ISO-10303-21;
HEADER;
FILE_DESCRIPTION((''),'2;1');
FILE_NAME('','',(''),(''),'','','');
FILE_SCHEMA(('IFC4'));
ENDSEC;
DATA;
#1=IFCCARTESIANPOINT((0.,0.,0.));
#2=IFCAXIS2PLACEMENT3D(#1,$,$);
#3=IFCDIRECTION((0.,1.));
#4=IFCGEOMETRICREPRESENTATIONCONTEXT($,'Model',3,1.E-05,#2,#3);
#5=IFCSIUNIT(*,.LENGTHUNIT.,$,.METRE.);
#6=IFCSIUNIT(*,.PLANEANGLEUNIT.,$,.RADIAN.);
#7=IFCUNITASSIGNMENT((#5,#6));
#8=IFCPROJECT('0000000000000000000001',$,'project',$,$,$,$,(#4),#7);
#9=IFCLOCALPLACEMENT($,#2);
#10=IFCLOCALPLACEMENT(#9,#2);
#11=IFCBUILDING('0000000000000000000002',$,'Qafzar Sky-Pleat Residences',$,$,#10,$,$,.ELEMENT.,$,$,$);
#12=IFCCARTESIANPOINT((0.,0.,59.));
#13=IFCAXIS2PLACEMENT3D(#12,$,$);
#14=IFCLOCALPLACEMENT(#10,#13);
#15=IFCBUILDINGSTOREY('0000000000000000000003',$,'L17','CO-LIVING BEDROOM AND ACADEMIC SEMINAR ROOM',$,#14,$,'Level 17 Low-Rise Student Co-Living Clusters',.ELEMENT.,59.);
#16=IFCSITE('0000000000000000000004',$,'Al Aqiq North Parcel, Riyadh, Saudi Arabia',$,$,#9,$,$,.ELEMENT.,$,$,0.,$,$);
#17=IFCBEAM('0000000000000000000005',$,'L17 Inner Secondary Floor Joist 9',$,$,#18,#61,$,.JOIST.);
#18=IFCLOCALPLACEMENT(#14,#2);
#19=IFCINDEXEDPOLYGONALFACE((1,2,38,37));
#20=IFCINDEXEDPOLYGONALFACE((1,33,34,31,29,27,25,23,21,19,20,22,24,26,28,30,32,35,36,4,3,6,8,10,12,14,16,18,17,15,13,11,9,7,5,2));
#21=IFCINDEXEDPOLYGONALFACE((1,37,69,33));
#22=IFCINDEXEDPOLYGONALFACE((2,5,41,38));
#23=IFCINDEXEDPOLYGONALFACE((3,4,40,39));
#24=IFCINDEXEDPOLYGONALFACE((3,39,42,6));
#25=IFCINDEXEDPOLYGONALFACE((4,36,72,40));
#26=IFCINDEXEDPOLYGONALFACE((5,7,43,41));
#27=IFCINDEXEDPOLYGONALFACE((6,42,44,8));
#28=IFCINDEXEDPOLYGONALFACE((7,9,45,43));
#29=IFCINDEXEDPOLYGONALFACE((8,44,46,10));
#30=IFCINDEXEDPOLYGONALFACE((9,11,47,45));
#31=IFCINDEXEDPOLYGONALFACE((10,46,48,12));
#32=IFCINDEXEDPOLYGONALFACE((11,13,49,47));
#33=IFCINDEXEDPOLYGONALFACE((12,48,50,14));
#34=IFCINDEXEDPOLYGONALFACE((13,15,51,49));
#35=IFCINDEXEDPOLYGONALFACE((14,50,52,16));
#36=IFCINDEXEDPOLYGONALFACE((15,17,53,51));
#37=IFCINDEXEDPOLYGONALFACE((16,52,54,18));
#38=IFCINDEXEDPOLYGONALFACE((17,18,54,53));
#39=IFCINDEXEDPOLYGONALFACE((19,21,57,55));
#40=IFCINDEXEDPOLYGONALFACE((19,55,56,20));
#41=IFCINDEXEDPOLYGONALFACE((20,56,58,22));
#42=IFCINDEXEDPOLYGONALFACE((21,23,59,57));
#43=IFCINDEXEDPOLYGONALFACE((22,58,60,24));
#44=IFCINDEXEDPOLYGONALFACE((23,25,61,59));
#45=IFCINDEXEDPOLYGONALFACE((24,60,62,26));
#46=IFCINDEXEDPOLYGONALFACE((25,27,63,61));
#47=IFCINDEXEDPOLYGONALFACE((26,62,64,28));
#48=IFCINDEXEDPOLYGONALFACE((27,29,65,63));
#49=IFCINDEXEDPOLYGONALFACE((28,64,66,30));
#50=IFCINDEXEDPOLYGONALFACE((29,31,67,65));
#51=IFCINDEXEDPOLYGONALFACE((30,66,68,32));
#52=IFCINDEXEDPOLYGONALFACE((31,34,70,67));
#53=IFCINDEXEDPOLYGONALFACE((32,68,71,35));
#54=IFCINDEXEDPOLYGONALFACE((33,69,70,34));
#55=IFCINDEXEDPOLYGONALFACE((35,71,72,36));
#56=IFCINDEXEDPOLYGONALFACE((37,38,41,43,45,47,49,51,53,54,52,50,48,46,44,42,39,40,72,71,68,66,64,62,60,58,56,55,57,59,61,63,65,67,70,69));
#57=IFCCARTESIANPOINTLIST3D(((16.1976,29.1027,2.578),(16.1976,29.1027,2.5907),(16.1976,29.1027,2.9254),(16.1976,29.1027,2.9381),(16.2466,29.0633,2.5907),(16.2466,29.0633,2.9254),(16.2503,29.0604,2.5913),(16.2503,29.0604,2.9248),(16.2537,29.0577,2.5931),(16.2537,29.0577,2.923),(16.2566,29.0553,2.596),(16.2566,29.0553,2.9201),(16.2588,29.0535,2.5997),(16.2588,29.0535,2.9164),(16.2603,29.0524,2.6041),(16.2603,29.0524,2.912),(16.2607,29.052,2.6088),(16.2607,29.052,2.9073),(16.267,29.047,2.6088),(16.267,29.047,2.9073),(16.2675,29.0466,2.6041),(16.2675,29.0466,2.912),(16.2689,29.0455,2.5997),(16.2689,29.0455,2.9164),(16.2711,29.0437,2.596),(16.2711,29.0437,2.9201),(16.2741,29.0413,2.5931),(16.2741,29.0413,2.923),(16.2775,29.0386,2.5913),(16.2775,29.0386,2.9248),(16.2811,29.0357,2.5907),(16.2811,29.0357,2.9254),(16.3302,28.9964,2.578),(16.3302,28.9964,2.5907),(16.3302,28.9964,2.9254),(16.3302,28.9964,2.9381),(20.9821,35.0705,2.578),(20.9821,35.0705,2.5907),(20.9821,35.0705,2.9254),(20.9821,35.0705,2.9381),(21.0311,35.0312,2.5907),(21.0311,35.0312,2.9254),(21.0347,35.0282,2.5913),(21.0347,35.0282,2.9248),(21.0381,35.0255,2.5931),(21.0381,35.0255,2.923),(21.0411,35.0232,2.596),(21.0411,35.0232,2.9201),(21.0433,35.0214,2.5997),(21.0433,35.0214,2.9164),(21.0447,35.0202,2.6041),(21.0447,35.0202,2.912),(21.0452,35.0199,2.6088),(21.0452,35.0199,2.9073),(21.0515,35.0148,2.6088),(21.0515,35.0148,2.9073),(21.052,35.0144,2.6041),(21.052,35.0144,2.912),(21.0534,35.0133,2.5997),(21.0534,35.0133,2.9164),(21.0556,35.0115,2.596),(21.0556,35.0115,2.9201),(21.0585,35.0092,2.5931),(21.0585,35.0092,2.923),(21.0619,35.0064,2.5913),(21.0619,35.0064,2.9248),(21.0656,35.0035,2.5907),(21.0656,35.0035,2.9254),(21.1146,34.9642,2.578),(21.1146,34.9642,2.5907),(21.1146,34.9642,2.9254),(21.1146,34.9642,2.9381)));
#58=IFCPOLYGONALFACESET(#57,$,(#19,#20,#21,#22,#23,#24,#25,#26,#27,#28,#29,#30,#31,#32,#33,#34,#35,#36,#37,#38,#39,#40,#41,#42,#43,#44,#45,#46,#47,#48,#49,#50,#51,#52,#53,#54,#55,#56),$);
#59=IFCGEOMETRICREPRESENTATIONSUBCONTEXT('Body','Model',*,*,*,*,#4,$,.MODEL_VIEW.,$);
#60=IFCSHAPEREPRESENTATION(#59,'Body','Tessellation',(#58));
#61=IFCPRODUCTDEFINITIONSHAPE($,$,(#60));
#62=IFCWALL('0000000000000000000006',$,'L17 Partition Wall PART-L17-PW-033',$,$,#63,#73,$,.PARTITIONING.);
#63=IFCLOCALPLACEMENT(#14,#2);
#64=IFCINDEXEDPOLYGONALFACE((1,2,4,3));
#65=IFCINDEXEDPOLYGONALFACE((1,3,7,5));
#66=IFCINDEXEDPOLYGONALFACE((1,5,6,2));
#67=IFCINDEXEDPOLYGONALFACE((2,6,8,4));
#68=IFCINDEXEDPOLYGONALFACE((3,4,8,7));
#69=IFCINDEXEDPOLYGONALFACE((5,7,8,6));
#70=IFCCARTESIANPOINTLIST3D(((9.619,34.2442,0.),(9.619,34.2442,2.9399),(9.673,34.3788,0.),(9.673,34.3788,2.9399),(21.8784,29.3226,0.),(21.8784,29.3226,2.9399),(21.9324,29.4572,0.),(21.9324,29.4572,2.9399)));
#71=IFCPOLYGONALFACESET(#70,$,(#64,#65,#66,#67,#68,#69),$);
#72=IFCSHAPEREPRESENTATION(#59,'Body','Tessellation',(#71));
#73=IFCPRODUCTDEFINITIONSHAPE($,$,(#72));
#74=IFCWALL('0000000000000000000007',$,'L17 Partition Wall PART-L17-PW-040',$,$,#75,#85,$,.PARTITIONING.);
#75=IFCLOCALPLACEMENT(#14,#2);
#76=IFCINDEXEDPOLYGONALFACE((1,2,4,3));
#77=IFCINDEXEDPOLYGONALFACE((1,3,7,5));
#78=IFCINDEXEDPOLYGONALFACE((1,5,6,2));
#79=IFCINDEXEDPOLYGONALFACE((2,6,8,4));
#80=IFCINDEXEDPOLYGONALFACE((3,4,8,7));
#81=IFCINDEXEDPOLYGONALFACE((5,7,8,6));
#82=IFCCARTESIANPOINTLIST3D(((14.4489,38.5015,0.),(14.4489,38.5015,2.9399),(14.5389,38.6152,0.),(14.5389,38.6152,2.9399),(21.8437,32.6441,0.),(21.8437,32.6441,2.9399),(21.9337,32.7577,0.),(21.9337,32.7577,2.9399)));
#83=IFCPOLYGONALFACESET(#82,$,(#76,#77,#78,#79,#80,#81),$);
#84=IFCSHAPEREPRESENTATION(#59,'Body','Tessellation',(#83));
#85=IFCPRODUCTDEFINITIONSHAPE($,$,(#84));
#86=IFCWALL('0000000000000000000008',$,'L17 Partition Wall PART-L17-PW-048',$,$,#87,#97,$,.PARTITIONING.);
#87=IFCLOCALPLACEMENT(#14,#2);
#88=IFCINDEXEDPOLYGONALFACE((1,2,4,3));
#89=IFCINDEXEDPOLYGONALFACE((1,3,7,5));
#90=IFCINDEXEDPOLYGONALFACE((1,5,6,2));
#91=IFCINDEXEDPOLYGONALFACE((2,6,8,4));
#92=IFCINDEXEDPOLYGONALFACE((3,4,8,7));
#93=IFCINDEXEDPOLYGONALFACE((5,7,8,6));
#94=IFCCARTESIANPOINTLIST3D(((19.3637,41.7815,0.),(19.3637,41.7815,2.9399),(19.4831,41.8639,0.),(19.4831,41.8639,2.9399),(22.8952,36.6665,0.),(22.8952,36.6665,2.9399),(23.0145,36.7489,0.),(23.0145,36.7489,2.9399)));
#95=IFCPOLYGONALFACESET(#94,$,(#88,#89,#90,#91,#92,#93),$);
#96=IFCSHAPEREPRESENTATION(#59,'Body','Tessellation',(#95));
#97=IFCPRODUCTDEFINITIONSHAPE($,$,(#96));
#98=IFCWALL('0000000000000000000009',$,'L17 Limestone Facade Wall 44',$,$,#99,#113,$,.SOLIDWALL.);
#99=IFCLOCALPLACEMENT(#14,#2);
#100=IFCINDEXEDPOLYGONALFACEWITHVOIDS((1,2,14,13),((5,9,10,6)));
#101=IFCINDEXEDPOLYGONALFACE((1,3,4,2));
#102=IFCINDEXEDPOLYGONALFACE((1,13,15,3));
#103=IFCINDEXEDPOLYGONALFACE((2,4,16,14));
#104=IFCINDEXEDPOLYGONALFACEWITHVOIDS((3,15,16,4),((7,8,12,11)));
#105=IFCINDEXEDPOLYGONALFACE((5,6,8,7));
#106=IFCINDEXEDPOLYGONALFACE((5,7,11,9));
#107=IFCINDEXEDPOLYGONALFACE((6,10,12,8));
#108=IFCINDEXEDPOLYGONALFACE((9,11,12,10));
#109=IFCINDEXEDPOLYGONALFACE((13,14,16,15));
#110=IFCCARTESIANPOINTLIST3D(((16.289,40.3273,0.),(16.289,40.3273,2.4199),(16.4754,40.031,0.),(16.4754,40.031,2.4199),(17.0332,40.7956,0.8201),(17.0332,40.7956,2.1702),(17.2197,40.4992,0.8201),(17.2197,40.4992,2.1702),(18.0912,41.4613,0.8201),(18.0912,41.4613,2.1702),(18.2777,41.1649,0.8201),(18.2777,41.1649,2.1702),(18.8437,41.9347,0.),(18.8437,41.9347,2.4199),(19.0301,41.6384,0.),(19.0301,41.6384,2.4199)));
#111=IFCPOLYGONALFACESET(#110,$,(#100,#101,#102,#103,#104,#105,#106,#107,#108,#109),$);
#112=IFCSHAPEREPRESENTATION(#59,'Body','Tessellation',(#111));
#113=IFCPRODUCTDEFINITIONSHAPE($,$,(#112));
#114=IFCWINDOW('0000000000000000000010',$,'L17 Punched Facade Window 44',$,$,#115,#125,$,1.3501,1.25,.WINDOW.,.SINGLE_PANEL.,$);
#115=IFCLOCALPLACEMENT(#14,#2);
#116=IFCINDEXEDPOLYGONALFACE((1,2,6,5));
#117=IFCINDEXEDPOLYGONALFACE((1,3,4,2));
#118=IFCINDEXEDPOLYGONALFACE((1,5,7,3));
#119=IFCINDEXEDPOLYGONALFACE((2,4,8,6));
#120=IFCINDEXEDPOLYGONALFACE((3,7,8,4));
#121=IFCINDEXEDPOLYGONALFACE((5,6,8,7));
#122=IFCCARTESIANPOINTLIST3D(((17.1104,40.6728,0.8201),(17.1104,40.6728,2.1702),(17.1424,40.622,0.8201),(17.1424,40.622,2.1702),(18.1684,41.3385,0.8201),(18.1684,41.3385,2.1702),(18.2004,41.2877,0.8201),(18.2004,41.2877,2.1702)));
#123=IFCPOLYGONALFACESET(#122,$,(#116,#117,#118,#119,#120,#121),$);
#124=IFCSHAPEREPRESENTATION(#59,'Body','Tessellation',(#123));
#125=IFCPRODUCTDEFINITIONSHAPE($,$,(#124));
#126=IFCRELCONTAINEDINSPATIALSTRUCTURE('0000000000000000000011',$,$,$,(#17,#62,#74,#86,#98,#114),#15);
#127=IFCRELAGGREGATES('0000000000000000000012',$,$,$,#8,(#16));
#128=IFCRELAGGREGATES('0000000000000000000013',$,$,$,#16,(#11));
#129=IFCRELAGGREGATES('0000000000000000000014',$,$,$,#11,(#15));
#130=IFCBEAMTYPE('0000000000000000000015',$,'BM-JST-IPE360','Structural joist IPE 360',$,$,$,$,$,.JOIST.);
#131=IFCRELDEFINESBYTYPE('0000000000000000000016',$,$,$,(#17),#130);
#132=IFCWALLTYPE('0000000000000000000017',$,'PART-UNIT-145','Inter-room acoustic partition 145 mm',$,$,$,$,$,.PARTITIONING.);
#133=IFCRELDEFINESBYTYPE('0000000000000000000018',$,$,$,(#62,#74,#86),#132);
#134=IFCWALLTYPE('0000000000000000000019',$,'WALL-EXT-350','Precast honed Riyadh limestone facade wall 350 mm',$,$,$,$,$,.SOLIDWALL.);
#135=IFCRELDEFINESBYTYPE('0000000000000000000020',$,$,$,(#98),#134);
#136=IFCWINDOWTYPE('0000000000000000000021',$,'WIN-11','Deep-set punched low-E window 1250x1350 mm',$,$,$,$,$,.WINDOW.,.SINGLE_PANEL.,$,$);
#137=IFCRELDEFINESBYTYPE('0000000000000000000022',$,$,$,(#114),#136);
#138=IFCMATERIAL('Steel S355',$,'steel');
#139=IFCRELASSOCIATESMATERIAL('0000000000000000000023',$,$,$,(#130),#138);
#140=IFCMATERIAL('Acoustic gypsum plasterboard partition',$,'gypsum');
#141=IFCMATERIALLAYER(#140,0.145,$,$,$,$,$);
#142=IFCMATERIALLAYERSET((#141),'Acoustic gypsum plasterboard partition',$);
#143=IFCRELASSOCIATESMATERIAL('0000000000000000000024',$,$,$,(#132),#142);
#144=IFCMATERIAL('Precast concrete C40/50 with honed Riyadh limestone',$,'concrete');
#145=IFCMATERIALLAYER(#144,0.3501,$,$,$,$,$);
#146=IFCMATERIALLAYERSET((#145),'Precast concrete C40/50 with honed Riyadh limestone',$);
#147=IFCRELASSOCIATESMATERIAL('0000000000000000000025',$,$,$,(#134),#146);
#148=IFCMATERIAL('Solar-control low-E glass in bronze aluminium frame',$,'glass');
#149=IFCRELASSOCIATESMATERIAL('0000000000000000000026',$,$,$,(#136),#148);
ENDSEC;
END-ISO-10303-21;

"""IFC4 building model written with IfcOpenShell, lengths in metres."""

from ifc_helpers import new_model, si_unit, direction, frame, frame_2d, origin, origin_2d, place, context, subcontext, project, spatial, rectangle, i_section, extrude, source, transform, mapped, material, layer, layer_set, material_profile, profile_set, type_object, element, fill, save


model = new_model("IFC4")

# Units and contexts
model_context = context("Model", 3, precision=1e-05, world=origin(), true_north=direction((0.0, 1.0)))
body_context = subcontext(model_context, "Body", "Model", "MODEL_VIEW")
ifc_project = project(units=[si_unit("LENGTHUNIT", "METRE"), si_unit("PLANEANGLEUNIT", "RADIAN")], contexts=[model_context])

# Site, building, storey
site_placement = place(None, origin())
site = spatial("IfcSite", under=ifc_project, at=site_placement, Name="Al Aqiq North Parcel, Riyadh, Saudi Arabia", CompositionType="ELEMENT", RefElevation=0.0)
building_placement = place(site_placement, origin())
building = spatial("IfcBuilding", under=site, at=building_placement, Name="Qafzar Sky-Pleat Residences", CompositionType="ELEMENT")
storey_placement = place(building_placement, frame((0.0, 0.0, 59.0)))
storey = spatial("IfcBuildingStorey", under=building, at=storey_placement, Name="L17", Description="CO-LIVING BEDROOM AND ACADEMIC SEMINAR ROOM", LongName="Level 17 Low-Rise Student Co-Living Clusters", CompositionType="ELEMENT", Elevation=59.0)

# Beam
ifc_material_1 = material(Name="Steel S355", Category="steel")
ifc_material_profile_1 = material_profile(ifc_material_1, i_section(OverallWidth=0.1699, OverallDepth=0.3601, WebThickness=0.0081, FlangeThickness=0.0127, FilletRadius=0.0181, at=origin_2d()), Name="IPE 360")
ifc_profile_set_1 = profile_set([ifc_material_profile_1], Name="Steel S355")
beam_type_1 = type_object("IfcBeamType", Name="BM-JST-IPE360", Description="Structural joist IPE 360", PredefinedType="JOIST", material=ifc_profile_set_1)
shared_shape_1 = source(origin(), body_context, "Body", "SweptSolid", [
    extrude(i_section(OverallWidth=0.1699, OverallDepth=0.3601, WebThickness=0.0081, FlangeThickness=0.0127, FilletRadius=0.0181, at=origin_2d()), origin(), (0.0, 0.0, 1.0), 7.6489),
])
beam_1_placement = place(storey_placement, frame((21.0483, 35.0173, 2.7581), z_axis=(-0.625508, -0.780218, 0.0), x_axis=(0.780218, -0.625508, 0.0)))
element("IfcBeam", 1, at=beam_1_placement, inside=storey, type_object=beam_type_1, Name="L17 Inner Secondary Floor Joist 9", PredefinedType="JOIST", context=body_context, shape_type="MappedRepresentation", body=[
    mapped(shared_shape_1, transform((0.0, 0.0, 0.0), x_axis=(1.0, 0.0, 0.0), y_axis=(0.0, 1.0, 0.0), z_axis=(0.0, 0.0, 1.0), scale=1.0)),
])

# Walls
ifc_material_2 = material(Name="Acoustic gypsum plasterboard partition", Category="gypsum")
ifc_layer_1 = layer(ifc_material_2, 0.145)
ifc_layer_set_1 = layer_set([ifc_layer_1], Name="Acoustic gypsum plasterboard partition")
wall_type_1 = type_object("IfcWallType", Name="PART-UNIT-145", Description="Inter-room acoustic partition 145 mm", PredefinedType="PARTITIONING", material=ifc_layer_set_1)
wall_1_placement = place(storey_placement, frame((9.646, 34.3115, 0.0), z_axis=(0.0, 0.0, 1.0), x_axis=(0.928011, -0.372553, 0.0)))
element("IfcWall", 2, at=wall_1_placement, inside=storey, type_object=wall_type_1, Name="L17 Partition Wall PART-L17-PW-033", PredefinedType="PARTITIONING", context=body_context, shape_type="SweptSolid", body=[
    extrude(rectangle(XDim=13.2104, YDim=0.145, at=frame_2d((6.6052, 0.0))), origin(), (0.0, 0.0, 1.0), 2.9399),
])
wall_2_placement = place(storey_placement, frame((14.4939, 38.5583, 0.0), z_axis=(0.0, 0.0, 1.0), x_axis=(0.783879, -0.620913, 0.0)))
element("IfcWall", 3, at=wall_2_placement, inside=storey, type_object=wall_type_1, Name="L17 Partition Wall PART-L17-PW-040", PredefinedType="PARTITIONING", context=body_context, shape_type="SweptSolid", body=[
    extrude(rectangle(XDim=9.4336, YDim=0.145, at=frame_2d((4.7168, 0.0))), origin(), (0.0, 0.0, 1.0), 2.9399),
])
wall_3_placement = place(storey_placement, frame((19.4233, 41.8228, 0.0), z_axis=(0.0, 0.0, 1.0), x_axis=(0.56816, -0.822918, 0.0)))
element("IfcWall", 4, at=wall_3_placement, inside=storey, type_object=wall_type_1, Name="L17 Partition Wall PART-L17-PW-048", PredefinedType="PARTITIONING", context=body_context, shape_type="SweptSolid", body=[
    extrude(rectangle(XDim=6.2156, YDim=0.145, at=frame_2d((3.1079, 0.0))), origin(), (0.0, 0.0, 1.0), 2.9399),
])

# Wall, opening, window
ifc_material_3 = material(Name="Precast concrete C40/50 with honed Riyadh limestone", Category="concrete")
ifc_layer_2 = layer(ifc_material_3, 0.3501)
ifc_layer_set_2 = layer_set([ifc_layer_2], Name="Precast concrete C40/50 with honed Riyadh limestone")
wall_type_2 = type_object("IfcWallType", Name="WALL-EXT-350", Description="Precast honed Riyadh limestone facade wall 350 mm", PredefinedType="SOLIDWALL", material=ifc_layer_set_2)
wall_4_placement = place(storey_placement, frame((18.937, 41.7866, 0.0), z_axis=(0.0, 0.0, 1.0), x_axis=(-0.846395, -0.532556, 0.0)))
wall_4 = element("IfcWall", 5, at=wall_4_placement, inside=storey, type_object=wall_type_2, Name="L17 Limestone Facade Wall 44", PredefinedType="SOLIDWALL", context=body_context, shape_type="SweptSolid", body=[
    extrude(rectangle(XDim=3.0183, YDim=0.3501, at=frame_2d((1.5093, 0.0))), origin(), (0.0, 0.0, 1.0), 2.4199),
])
opening_1_placement = place(wall_4_placement, frame((0.8892, 0.0, 0.8201)))
opening_1 = element("IfcOpeningElement", 6, at=opening_1_placement, cuts=wall_4, PredefinedType="OPENING", context=body_context, shape_type="SweptSolid", body=[
    extrude(rectangle(XDim=1.25, YDim=1.3501, at=frame_2d((0.625, 0.675))), frame((0.0, 0.1851, 0.0), z_axis=(0.0, -1.0, 0.0), x_axis=(1.0, 0.0, 0.0)), (0.0, 0.0, 1.0), 0.3701),
])
ifc_material_4 = material(Name="Solar-control low-E glass in bronze aluminium frame", Category="glass")
window_type_1 = type_object("IfcWindowType", Name="WIN-11", Description="Deep-set punched low-E window 1250x1350 mm", PartitioningType="SINGLE_PANEL", PredefinedType="WINDOW", material=ifc_material_4)
shared_shape_2 = source(origin(), body_context, "Body", "SweptSolid", [
    extrude(rectangle(XDim=1.25, YDim=1.3501, at=frame_2d((0.625, 0.675))), frame((0.0, 0.03, 0.0), z_axis=(0.0, -1.0, 0.0), x_axis=(1.0, 0.0, 0.0)), (0.0, 0.0, 1.0), 0.0601),
])
window_1_placement = place(opening_1_placement, origin())
window_1 = element("IfcWindow", 7, at=window_1_placement, inside=storey, type_object=window_type_1, Name="L17 Punched Facade Window 44", OverallHeight=1.3501, OverallWidth=1.25, PartitioningType="SINGLE_PANEL", PredefinedType="WINDOW", context=body_context, shape_type="MappedRepresentation", body=[
    mapped(shared_shape_2, transform((0.0, 0.0, 0.0), x_axis=(1.0, 0.0, 0.0), y_axis=(0.0, 1.0, 0.0), z_axis=(0.0, 0.0, 1.0), scale=1.0)),
])
fill(opening_1, window_1)

save(model, "model.ifc")
